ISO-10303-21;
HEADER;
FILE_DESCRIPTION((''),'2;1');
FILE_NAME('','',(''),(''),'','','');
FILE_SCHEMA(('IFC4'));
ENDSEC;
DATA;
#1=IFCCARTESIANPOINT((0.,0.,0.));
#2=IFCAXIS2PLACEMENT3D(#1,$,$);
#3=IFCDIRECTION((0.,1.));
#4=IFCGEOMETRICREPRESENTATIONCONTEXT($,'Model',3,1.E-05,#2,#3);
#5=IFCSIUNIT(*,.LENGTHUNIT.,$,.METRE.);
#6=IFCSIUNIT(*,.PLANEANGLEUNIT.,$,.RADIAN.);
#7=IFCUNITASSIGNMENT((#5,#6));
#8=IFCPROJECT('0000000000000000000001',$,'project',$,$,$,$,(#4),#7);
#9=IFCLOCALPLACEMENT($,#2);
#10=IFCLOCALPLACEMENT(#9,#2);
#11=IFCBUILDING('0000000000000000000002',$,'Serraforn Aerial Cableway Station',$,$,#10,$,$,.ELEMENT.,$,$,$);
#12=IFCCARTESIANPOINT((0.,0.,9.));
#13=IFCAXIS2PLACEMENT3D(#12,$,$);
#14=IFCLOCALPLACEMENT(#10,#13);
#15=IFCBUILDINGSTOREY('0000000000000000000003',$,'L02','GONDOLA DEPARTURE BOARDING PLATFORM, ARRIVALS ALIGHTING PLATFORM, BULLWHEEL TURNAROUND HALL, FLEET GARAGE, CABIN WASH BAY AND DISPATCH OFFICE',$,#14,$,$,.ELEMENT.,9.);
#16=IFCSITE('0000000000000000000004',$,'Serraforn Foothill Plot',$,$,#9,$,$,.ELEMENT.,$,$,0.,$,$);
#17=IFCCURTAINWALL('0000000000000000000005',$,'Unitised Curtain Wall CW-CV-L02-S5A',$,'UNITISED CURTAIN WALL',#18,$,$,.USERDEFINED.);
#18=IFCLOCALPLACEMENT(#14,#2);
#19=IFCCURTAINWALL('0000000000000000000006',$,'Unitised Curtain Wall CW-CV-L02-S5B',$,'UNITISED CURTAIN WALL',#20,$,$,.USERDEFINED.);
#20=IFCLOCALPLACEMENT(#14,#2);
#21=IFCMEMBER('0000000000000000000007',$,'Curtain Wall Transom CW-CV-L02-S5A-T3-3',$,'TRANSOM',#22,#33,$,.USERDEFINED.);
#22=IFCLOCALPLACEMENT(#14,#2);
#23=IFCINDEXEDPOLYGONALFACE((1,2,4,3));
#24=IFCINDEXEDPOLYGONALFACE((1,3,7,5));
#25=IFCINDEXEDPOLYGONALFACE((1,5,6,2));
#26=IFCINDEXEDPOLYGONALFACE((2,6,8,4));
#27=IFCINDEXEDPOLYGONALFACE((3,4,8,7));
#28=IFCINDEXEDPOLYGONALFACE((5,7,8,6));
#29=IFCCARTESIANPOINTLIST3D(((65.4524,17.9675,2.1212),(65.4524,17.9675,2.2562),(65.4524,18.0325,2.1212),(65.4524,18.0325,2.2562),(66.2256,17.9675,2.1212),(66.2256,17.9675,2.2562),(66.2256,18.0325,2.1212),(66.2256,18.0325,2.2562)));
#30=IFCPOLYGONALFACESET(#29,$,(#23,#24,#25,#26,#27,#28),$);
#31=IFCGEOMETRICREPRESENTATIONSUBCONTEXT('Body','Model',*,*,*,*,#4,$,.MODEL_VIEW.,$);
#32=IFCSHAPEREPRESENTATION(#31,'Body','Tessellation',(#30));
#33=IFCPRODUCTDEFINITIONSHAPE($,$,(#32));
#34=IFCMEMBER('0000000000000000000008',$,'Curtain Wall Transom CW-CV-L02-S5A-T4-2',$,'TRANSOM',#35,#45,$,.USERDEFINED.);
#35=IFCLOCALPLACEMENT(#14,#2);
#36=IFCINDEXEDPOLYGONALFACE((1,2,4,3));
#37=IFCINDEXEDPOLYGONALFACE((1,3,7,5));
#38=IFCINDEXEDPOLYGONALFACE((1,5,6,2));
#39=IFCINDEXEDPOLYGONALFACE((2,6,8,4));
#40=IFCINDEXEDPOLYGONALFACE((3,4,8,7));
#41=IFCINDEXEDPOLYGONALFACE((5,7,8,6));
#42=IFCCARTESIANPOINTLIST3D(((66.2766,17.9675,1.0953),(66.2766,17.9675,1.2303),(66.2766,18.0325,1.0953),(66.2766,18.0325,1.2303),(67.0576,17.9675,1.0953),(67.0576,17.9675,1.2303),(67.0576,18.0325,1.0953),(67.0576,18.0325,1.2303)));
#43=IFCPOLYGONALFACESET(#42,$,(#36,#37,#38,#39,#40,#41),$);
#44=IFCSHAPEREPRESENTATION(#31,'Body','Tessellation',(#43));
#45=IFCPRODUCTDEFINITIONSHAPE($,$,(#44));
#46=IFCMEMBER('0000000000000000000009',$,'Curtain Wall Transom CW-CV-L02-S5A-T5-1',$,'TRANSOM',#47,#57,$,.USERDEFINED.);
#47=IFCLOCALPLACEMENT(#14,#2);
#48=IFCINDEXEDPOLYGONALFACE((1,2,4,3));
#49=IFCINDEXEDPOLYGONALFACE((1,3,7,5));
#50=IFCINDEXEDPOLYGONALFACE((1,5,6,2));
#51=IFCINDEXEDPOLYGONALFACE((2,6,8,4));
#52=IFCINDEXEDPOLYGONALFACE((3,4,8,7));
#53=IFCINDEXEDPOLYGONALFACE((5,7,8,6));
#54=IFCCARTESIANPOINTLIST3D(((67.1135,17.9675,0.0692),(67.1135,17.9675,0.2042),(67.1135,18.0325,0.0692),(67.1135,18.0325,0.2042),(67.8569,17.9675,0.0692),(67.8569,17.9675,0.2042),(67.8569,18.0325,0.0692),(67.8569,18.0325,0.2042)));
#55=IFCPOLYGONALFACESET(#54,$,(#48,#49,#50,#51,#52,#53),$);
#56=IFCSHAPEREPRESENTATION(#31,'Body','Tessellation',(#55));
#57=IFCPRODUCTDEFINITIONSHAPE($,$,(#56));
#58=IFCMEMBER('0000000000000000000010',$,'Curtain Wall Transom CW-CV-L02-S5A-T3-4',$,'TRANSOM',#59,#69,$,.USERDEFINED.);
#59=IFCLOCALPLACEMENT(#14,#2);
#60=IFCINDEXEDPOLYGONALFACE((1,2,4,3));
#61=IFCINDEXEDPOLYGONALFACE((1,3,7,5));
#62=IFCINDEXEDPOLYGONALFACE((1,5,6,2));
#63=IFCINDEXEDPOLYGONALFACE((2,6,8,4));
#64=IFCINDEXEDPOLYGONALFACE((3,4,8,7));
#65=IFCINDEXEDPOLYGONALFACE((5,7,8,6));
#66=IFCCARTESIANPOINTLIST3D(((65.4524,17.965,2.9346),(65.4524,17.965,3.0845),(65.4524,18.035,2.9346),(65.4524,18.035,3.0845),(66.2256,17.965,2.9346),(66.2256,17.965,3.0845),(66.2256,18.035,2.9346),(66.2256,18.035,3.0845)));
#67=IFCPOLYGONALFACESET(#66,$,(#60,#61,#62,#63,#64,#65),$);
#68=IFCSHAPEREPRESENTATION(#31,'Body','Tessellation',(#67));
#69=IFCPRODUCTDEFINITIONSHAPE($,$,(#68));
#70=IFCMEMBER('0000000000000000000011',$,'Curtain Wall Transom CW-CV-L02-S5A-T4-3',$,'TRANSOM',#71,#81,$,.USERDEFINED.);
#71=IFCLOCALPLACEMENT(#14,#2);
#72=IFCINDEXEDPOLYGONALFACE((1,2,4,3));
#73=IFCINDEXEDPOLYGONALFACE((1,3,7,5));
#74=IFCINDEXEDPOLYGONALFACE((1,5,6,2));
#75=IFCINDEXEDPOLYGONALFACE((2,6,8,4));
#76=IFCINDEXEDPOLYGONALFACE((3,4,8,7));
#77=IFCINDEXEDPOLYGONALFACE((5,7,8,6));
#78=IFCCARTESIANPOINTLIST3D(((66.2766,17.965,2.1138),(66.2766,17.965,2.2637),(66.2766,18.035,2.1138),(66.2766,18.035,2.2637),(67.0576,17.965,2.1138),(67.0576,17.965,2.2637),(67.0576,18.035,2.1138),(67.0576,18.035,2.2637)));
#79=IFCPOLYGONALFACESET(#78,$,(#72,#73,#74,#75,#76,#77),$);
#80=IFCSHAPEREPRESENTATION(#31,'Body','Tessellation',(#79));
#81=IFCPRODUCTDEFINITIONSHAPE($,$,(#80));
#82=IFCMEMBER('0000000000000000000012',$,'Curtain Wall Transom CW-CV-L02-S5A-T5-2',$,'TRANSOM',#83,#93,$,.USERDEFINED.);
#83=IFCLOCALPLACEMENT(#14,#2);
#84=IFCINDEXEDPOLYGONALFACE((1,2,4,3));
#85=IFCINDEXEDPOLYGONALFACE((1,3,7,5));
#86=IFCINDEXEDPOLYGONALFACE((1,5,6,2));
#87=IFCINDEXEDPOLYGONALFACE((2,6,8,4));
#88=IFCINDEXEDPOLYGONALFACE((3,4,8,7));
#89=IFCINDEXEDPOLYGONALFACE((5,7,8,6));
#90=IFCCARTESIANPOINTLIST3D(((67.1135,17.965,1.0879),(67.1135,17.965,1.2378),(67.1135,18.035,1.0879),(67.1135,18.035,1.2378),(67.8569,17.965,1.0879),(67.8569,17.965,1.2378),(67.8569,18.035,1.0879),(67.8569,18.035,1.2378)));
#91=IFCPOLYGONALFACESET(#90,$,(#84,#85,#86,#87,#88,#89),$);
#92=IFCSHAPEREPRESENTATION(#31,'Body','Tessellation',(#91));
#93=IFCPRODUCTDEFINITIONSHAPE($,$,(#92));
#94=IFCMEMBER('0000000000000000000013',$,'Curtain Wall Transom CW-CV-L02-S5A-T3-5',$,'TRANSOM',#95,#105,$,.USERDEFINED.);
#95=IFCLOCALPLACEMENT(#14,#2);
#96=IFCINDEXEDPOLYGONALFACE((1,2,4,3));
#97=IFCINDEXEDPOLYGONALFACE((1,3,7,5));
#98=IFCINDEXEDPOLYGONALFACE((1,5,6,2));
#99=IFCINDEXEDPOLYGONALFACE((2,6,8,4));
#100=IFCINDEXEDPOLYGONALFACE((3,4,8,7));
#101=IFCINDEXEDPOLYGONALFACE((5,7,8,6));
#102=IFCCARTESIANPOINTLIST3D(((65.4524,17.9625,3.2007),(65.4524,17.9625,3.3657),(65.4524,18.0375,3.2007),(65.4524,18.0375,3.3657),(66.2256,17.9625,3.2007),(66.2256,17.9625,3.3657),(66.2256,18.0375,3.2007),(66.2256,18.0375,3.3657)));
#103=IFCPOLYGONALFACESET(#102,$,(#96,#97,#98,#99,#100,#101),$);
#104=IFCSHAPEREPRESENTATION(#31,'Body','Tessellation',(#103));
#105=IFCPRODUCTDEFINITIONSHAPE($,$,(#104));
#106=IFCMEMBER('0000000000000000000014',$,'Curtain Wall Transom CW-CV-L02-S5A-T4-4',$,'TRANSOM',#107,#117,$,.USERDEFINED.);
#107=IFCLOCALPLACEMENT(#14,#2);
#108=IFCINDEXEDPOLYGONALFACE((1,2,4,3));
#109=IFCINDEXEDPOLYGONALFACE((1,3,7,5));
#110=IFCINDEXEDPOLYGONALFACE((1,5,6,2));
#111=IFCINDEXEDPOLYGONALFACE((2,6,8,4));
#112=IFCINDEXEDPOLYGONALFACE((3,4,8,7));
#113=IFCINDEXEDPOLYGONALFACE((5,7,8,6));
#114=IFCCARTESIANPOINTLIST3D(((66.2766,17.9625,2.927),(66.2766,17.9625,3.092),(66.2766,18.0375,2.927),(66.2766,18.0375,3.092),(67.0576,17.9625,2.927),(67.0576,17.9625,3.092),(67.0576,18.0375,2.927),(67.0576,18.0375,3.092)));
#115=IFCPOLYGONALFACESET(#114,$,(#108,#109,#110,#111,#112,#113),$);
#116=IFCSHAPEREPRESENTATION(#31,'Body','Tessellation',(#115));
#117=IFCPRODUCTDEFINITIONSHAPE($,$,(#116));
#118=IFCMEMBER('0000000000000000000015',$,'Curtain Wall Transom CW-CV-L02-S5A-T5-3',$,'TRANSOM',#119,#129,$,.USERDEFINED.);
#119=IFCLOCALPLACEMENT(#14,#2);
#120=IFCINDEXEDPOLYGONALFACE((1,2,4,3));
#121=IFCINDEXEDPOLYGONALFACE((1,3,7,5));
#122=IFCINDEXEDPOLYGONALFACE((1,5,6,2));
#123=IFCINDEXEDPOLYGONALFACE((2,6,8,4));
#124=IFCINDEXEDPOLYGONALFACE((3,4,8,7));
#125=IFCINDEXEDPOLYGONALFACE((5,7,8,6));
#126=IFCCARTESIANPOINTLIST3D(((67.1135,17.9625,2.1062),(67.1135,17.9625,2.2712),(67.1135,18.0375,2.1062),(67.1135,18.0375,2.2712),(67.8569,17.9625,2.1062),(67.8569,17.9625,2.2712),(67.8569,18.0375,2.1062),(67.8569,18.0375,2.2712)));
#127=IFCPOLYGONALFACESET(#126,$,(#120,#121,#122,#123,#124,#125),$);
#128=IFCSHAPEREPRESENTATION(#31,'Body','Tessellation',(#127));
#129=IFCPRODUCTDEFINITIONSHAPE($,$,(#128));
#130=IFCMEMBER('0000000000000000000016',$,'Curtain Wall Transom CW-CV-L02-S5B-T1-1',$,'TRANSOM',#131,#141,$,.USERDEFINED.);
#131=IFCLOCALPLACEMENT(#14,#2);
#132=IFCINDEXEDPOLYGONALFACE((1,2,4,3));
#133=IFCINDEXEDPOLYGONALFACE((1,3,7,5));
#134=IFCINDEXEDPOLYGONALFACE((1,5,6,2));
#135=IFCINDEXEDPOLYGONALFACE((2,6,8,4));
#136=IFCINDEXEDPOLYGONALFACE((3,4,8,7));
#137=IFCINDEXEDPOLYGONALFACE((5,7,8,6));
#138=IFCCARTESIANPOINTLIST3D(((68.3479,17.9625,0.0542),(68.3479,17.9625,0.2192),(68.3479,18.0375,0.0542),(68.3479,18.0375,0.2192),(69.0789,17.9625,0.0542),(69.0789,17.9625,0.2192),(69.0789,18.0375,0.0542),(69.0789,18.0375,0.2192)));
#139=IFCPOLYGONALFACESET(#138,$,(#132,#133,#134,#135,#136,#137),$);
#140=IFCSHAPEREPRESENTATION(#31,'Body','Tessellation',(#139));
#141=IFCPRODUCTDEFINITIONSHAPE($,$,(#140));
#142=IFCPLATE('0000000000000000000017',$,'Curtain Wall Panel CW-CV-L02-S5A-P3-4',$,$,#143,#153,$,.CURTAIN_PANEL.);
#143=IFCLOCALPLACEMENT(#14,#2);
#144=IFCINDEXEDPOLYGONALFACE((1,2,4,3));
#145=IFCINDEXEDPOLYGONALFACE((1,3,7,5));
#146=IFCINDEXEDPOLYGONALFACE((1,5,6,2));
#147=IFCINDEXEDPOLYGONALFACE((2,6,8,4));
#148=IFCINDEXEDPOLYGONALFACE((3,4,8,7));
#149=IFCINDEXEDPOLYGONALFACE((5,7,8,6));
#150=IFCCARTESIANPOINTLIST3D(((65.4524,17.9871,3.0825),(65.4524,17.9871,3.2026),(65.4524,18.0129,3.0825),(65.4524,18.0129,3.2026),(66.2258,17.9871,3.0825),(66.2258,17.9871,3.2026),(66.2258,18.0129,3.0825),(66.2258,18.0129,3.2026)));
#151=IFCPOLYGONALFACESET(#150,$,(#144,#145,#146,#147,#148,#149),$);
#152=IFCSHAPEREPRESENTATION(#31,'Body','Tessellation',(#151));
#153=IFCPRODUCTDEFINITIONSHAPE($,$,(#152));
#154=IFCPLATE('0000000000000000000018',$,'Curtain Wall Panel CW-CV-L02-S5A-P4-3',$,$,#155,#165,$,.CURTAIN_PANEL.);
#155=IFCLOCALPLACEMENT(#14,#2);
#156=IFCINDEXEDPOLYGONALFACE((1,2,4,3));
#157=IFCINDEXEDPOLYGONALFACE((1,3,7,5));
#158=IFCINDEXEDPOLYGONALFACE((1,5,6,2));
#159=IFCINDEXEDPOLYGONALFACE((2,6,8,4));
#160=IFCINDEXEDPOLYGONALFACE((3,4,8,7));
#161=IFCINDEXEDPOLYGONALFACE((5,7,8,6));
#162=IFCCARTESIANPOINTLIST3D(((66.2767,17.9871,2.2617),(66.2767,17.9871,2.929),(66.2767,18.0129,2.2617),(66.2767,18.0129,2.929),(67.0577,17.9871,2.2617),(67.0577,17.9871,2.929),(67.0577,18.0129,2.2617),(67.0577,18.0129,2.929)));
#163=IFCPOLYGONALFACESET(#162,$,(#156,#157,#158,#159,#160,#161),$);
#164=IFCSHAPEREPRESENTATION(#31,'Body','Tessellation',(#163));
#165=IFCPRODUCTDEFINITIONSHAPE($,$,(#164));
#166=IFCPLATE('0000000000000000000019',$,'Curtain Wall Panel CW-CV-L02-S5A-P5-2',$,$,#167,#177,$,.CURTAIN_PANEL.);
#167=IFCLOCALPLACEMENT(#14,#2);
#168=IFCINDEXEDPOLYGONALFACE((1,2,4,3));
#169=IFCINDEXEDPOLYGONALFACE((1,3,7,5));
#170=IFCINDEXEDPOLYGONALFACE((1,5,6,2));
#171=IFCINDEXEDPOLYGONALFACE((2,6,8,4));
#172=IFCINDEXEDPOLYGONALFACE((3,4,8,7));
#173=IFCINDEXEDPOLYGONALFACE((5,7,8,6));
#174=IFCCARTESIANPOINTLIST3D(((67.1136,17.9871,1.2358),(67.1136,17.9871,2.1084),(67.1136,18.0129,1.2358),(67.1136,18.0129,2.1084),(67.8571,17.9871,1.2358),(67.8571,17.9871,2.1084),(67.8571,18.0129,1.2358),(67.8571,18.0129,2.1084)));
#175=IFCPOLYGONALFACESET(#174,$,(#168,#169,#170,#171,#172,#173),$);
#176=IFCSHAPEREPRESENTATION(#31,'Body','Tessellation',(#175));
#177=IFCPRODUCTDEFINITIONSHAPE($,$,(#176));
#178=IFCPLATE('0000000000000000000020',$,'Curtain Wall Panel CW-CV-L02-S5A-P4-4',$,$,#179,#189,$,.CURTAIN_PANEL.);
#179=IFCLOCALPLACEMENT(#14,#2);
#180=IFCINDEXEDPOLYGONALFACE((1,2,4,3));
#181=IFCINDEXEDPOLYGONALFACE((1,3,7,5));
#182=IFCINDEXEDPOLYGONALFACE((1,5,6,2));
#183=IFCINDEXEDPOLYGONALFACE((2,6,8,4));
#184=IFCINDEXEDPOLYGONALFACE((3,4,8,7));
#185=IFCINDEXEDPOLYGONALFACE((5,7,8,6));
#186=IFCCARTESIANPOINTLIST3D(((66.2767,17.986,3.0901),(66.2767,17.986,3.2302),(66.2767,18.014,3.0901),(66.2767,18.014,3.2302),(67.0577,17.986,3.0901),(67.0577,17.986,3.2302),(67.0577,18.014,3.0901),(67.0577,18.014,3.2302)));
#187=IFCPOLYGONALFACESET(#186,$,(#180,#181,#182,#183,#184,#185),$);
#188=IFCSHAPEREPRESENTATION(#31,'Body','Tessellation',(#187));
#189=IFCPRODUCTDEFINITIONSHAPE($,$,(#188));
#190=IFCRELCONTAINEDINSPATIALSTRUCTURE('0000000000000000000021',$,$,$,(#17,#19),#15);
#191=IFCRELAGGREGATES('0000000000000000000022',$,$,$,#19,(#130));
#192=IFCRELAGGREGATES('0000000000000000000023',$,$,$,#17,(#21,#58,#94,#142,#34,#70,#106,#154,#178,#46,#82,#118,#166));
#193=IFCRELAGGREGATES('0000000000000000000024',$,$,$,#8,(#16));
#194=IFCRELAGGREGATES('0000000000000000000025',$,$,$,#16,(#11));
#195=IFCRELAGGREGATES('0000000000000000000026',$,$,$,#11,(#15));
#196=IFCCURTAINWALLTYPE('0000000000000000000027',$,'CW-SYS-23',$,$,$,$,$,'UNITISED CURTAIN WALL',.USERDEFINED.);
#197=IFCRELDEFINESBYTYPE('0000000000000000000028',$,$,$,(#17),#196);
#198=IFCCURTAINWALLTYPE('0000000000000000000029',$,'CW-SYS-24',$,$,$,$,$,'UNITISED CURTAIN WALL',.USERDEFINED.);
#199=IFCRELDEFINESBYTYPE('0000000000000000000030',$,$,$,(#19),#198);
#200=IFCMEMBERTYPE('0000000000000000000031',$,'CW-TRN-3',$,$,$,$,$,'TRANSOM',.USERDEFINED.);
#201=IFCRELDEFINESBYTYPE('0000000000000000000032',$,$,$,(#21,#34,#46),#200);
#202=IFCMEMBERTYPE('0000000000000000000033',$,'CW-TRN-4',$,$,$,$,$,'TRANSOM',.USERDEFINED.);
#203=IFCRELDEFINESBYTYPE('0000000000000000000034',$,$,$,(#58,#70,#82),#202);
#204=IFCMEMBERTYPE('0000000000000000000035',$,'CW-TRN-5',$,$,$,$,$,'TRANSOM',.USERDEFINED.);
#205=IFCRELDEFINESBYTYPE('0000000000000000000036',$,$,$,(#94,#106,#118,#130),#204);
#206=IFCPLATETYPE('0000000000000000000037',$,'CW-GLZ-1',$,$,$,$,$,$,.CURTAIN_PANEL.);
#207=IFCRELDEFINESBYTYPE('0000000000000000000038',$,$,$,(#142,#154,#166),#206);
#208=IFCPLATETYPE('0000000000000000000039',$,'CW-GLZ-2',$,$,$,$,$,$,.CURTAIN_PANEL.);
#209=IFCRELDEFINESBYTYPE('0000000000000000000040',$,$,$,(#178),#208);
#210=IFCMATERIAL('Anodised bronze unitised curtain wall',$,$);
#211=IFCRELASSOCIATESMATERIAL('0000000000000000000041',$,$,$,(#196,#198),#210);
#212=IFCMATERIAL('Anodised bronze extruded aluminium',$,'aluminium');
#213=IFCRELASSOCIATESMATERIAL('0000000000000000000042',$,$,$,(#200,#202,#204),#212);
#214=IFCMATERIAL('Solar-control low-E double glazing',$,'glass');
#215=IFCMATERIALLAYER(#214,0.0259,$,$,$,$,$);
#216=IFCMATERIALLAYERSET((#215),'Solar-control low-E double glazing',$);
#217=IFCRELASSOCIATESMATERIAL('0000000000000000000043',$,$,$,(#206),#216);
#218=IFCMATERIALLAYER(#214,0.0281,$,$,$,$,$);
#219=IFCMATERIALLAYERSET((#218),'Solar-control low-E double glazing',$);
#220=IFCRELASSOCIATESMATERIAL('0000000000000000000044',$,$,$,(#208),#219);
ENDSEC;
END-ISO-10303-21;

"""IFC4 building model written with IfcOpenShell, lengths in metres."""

from ifc_helpers import new_model, si_unit, direction, frame, origin, origin_2d, place, context, subcontext, project, spatial, rectangle, extrude, material, layer, layer_set, material_profile, profile_set, type_object, element, aggregate, save


model = new_model("IFC4")

# Units and contexts
model_context = context("Model", 3, precision=1e-05, world=origin(), true_north=direction((0.0, 1.0)))
body_context = subcontext(model_context, "Body", "Model", "MODEL_VIEW")
ifc_project = project(units=[si_unit("LENGTHUNIT", "METRE"), si_unit("PLANEANGLEUNIT", "RADIAN")], contexts=[model_context])

# Site, building, storey
site_placement = place(None, origin())
site = spatial("IfcSite", under=ifc_project, at=site_placement, Name="Serraforn Foothill Plot", CompositionType="ELEMENT", RefElevation=0.0)
building_placement = place(site_placement, origin())
building = spatial("IfcBuilding", under=site, at=building_placement, Name="Serraforn Aerial Cableway Station", CompositionType="ELEMENT")
storey_placement = place(building_placement, frame((0.0, 0.0, 9.0)))
storey = spatial("IfcBuildingStorey", under=building, at=storey_placement, Name="L02", Description="GONDOLA DEPARTURE BOARDING PLATFORM, ARRIVALS ALIGHTING PLATFORM, BULLWHEEL TURNAROUND HALL, FLEET GARAGE, CABIN WASH BAY AND DISPATCH OFFICE", CompositionType="ELEMENT", Elevation=9.0)

# Curtain wall
ifc_material_1 = material(Name="Anodised bronze unitised curtain wall")
curtain_wall_type_1 = type_object("IfcCurtainWallType", Name="CW-SYS-23", ElementType="UNITISED CURTAIN WALL", PredefinedType="USERDEFINED", material=ifc_material_1)
curtain_wall_1_placement = place(storey_placement, origin())
curtain_wall_1 = element("IfcCurtainWall", 1, at=curtain_wall_1_placement, inside=storey, type_object=curtain_wall_type_1, Name="Unitised Curtain Wall CW-CV-L02-S5A", ObjectType="UNITISED CURTAIN WALL", PredefinedType="USERDEFINED")
ifc_material_2 = material(Name="Anodised bronze extruded aluminium", Category="aluminium")

# Curtain wall
curtain_wall_type_2 = type_object("IfcCurtainWallType", Name="CW-SYS-24", ElementType="UNITISED CURTAIN WALL", PredefinedType="USERDEFINED", material=ifc_material_1)
curtain_wall_2_placement = place(storey_placement, origin())
curtain_wall_2 = element("IfcCurtainWall", 2, at=curtain_wall_2_placement, inside=storey, type_object=curtain_wall_type_2, Name="Unitised Curtain Wall CW-CV-L02-S5B", ObjectType="UNITISED CURTAIN WALL", PredefinedType="USERDEFINED")

# Members
ifc_material_profile_1 = material_profile(ifc_material_2, rectangle(XDim=0.0649, YDim=0.135, at=origin_2d()), Name="CW TRANSOM 65x135")
ifc_profile_set_1 = profile_set([ifc_material_profile_1], Name="Anodised bronze extruded aluminium")
member_type_1 = type_object("IfcMemberType", Name="CW-TRN-3", ElementType="TRANSOM", PredefinedType="USERDEFINED", material=ifc_profile_set_1)
member_1_placement = place(storey_placement, frame((65.4524, 18.0, 2.1887), z_axis=(1.0, 0.0, 0.0), x_axis=(0.0, 1.0, 0.0)))
member_1 = element("IfcMember", 3, at=member_1_placement, type_object=member_type_1, Name="Curtain Wall Transom CW-CV-L02-S5A-T3-3", ObjectType="TRANSOM", PredefinedType="USERDEFINED", context=body_context, shape_type="SweptSolid", body=[
    extrude(rectangle(XDim=0.0649, YDim=0.135, at=origin_2d()), origin(), (0.0, 0.0, 1.0), 0.7732),
])
member_2_placement = place(storey_placement, frame((66.2766, 18.0, 1.1628), z_axis=(1.0, 0.0, 0.0), x_axis=(0.0, 1.0, 0.0)))
member_2 = element("IfcMember", 4, at=member_2_placement, type_object=member_type_1, Name="Curtain Wall Transom CW-CV-L02-S5A-T4-2", ObjectType="TRANSOM", PredefinedType="USERDEFINED", context=body_context, shape_type="SweptSolid", body=[
    extrude(rectangle(XDim=0.0649, YDim=0.135, at=origin_2d()), origin(), (0.0, 0.0, 1.0), 0.781),
])
member_3_placement = place(storey_placement, frame((67.1135, 18.0, 0.1367), z_axis=(1.0, 0.0, 0.0), x_axis=(0.0, 1.0, 0.0)))
member_3 = element("IfcMember", 5, at=member_3_placement, type_object=member_type_1, Name="Curtain Wall Transom CW-CV-L02-S5A-T5-1", ObjectType="TRANSOM", PredefinedType="USERDEFINED", context=body_context, shape_type="SweptSolid", body=[
    extrude(rectangle(XDim=0.0649, YDim=0.135, at=origin_2d()), origin(), (0.0, 0.0, 1.0), 0.7434),
])
ifc_material_profile_2 = material_profile(ifc_material_2, rectangle(XDim=0.0701, YDim=0.1499, at=origin_2d()), Name="CW TRANSOM 70x150")
ifc_profile_set_2 = profile_set([ifc_material_profile_2], Name="Anodised bronze extruded aluminium")
member_type_2 = type_object("IfcMemberType", Name="CW-TRN-4", ElementType="TRANSOM", PredefinedType="USERDEFINED", material=ifc_profile_set_2)
member_4_placement = place(storey_placement, frame((65.4524, 18.0, 3.0095), z_axis=(1.0, 0.0, 0.0), x_axis=(0.0, 1.0, 0.0)))
member_4 = element("IfcMember", 6, at=member_4_placement, type_object=member_type_2, Name="Curtain Wall Transom CW-CV-L02-S5A-T3-4", ObjectType="TRANSOM", PredefinedType="USERDEFINED", context=body_context, shape_type="SweptSolid", body=[
    extrude(rectangle(XDim=0.0701, YDim=0.1499, at=origin_2d()), origin(), (0.0, 0.0, 1.0), 0.7732),
])
member_5_placement = place(storey_placement, frame((66.2766, 18.0, 2.1887), z_axis=(1.0, 0.0, 0.0), x_axis=(0.0, 1.0, 0.0)))
member_5 = element("IfcMember", 7, at=member_5_placement, type_object=member_type_2, Name="Curtain Wall Transom CW-CV-L02-S5A-T4-3", ObjectType="TRANSOM", PredefinedType="USERDEFINED", context=body_context, shape_type="SweptSolid", body=[
    extrude(rectangle(XDim=0.0701, YDim=0.1499, at=origin_2d()), origin(), (0.0, 0.0, 1.0), 0.781),
])
member_6_placement = place(storey_placement, frame((67.1135, 18.0, 1.1628), z_axis=(1.0, 0.0, 0.0), x_axis=(0.0, 1.0, 0.0)))
member_6 = element("IfcMember", 8, at=member_6_placement, type_object=member_type_2, Name="Curtain Wall Transom CW-CV-L02-S5A-T5-2", ObjectType="TRANSOM", PredefinedType="USERDEFINED", context=body_context, shape_type="SweptSolid", body=[
    extrude(rectangle(XDim=0.0701, YDim=0.1499, at=origin_2d()), origin(), (0.0, 0.0, 1.0), 0.7434),
])
ifc_material_profile_3 = material_profile(ifc_material_2, rectangle(XDim=0.075, YDim=0.165, at=origin_2d()), Name="CW TRANSOM 75x165")
ifc_profile_set_3 = profile_set([ifc_material_profile_3], Name="Anodised bronze extruded aluminium")
member_type_3 = type_object("IfcMemberType", Name="CW-TRN-5", ElementType="TRANSOM", PredefinedType="USERDEFINED", material=ifc_profile_set_3)
member_7_placement = place(storey_placement, frame((65.4524, 18.0, 3.2832), z_axis=(1.0, 0.0, 0.0), x_axis=(0.0, 1.0, 0.0)))
member_7 = element("IfcMember", 9, at=member_7_placement, type_object=member_type_3, Name="Curtain Wall Transom CW-CV-L02-S5A-T3-5", ObjectType="TRANSOM", PredefinedType="USERDEFINED", context=body_context, shape_type="SweptSolid", body=[
    extrude(rectangle(XDim=0.075, YDim=0.165, at=origin_2d()), origin(), (0.0, 0.0, 1.0), 0.7732),
])
member_8_placement = place(storey_placement, frame((66.2766, 18.0, 3.0095), z_axis=(1.0, 0.0, 0.0), x_axis=(0.0, 1.0, 0.0)))
member_8 = element("IfcMember", 10, at=member_8_placement, type_object=member_type_3, Name="Curtain Wall Transom CW-CV-L02-S5A-T4-4", ObjectType="TRANSOM", PredefinedType="USERDEFINED", context=body_context, shape_type="SweptSolid", body=[
    extrude(rectangle(XDim=0.075, YDim=0.165, at=origin_2d()), origin(), (0.0, 0.0, 1.0), 0.781),
])
member_9_placement = place(storey_placement, frame((67.1135, 18.0, 2.1887), z_axis=(1.0, 0.0, 0.0), x_axis=(0.0, 1.0, 0.0)))
member_9 = element("IfcMember", 11, at=member_9_placement, type_object=member_type_3, Name="Curtain Wall Transom CW-CV-L02-S5A-T5-3", ObjectType="TRANSOM", PredefinedType="USERDEFINED", context=body_context, shape_type="SweptSolid", body=[
    extrude(rectangle(XDim=0.075, YDim=0.165, at=origin_2d()), origin(), (0.0, 0.0, 1.0), 0.7434),
])
member_10_placement = place(storey_placement, frame((68.3479, 18.0, 0.1367), z_axis=(1.0, 0.0, 0.0), x_axis=(0.0, 1.0, 0.0)))
member_10 = element("IfcMember", 12, at=member_10_placement, type_object=member_type_3, Name="Curtain Wall Transom CW-CV-L02-S5B-T1-1", ObjectType="TRANSOM", PredefinedType="USERDEFINED", context=body_context, shape_type="SweptSolid", body=[
    extrude(rectangle(XDim=0.075, YDim=0.165, at=origin_2d()), origin(), (0.0, 0.0, 1.0), 0.731),
])
aggregate(curtain_wall_2, [member_10])

# Plates
ifc_material_3 = material(Name="Solar-control low-E double glazing", Category="glass")
ifc_layer_1 = layer(ifc_material_3, 0.0259)
ifc_layer_set_1 = layer_set([ifc_layer_1], Name="Solar-control low-E double glazing")
plate_type_1 = type_object("IfcPlateType", Name="CW-GLZ-1", PredefinedType="CURTAIN_PANEL", material=ifc_layer_set_1)
plate_1_placement = place(storey_placement, frame((65.8391, 18.0, 3.0825), z_axis=(0.0, 0.0, 1.0), x_axis=(1.0, 0.0, 0.0)))
plate_1 = element("IfcPlate", 13, at=plate_1_placement, type_object=plate_type_1, Name="Curtain Wall Panel CW-CV-L02-S5A-P3-4", PredefinedType="CURTAIN_PANEL", context=body_context, shape_type="SweptSolid", body=[
    extrude(rectangle(XDim=0.7734, YDim=0.0259, at=origin_2d()), origin(), (0.0, 0.0, 1.0), 0.1201),
])
plate_2_placement = place(storey_placement, frame((66.6672, 18.0, 2.2617), z_axis=(0.0, 0.0, 1.0), x_axis=(1.0, 0.0, 0.0)))
plate_2 = element("IfcPlate", 14, at=plate_2_placement, type_object=plate_type_1, Name="Curtain Wall Panel CW-CV-L02-S5A-P4-3", PredefinedType="CURTAIN_PANEL", context=body_context, shape_type="SweptSolid", body=[
    extrude(rectangle(XDim=0.781, YDim=0.0259, at=origin_2d()), origin(), (0.0, 0.0, 1.0), 0.6672),
])
plate_3_placement = place(storey_placement, frame((67.4854, 18.0, 1.2358), z_axis=(0.0, 0.0, 1.0), x_axis=(1.0, 0.0, 0.0)))
plate_3 = element("IfcPlate", 15, at=plate_3_placement, type_object=plate_type_1, Name="Curtain Wall Panel CW-CV-L02-S5A-P5-2", PredefinedType="CURTAIN_PANEL", context=body_context, shape_type="SweptSolid", body=[
    extrude(rectangle(XDim=0.7434, YDim=0.0259, at=origin_2d()), origin(), (0.0, 0.0, 1.0), 0.8726),
])
ifc_layer_2 = layer(ifc_material_3, 0.0281)
ifc_layer_set_2 = layer_set([ifc_layer_2], Name="Solar-control low-E double glazing")
plate_type_2 = type_object("IfcPlateType", Name="CW-GLZ-2", PredefinedType="CURTAIN_PANEL", material=ifc_layer_set_2)
plate_4_placement = place(storey_placement, frame((66.6672, 18.0, 3.0901), z_axis=(0.0, 0.0, 1.0), x_axis=(1.0, 0.0, 0.0)))
plate_4 = element("IfcPlate", 16, at=plate_4_placement, type_object=plate_type_2, Name="Curtain Wall Panel CW-CV-L02-S5A-P4-4", PredefinedType="CURTAIN_PANEL", context=body_context, shape_type="SweptSolid", body=[
    extrude(rectangle(XDim=0.781, YDim=0.0281, at=origin_2d()), origin(), (0.0, 0.0, 1.0), 0.1401),
])
aggregate(curtain_wall_1, [member_1, member_4, member_7, plate_1, member_2, member_5, member_8, plate_2, plate_4, member_3, member_6, member_9, plate_3])

save(model, "model.ifc")
